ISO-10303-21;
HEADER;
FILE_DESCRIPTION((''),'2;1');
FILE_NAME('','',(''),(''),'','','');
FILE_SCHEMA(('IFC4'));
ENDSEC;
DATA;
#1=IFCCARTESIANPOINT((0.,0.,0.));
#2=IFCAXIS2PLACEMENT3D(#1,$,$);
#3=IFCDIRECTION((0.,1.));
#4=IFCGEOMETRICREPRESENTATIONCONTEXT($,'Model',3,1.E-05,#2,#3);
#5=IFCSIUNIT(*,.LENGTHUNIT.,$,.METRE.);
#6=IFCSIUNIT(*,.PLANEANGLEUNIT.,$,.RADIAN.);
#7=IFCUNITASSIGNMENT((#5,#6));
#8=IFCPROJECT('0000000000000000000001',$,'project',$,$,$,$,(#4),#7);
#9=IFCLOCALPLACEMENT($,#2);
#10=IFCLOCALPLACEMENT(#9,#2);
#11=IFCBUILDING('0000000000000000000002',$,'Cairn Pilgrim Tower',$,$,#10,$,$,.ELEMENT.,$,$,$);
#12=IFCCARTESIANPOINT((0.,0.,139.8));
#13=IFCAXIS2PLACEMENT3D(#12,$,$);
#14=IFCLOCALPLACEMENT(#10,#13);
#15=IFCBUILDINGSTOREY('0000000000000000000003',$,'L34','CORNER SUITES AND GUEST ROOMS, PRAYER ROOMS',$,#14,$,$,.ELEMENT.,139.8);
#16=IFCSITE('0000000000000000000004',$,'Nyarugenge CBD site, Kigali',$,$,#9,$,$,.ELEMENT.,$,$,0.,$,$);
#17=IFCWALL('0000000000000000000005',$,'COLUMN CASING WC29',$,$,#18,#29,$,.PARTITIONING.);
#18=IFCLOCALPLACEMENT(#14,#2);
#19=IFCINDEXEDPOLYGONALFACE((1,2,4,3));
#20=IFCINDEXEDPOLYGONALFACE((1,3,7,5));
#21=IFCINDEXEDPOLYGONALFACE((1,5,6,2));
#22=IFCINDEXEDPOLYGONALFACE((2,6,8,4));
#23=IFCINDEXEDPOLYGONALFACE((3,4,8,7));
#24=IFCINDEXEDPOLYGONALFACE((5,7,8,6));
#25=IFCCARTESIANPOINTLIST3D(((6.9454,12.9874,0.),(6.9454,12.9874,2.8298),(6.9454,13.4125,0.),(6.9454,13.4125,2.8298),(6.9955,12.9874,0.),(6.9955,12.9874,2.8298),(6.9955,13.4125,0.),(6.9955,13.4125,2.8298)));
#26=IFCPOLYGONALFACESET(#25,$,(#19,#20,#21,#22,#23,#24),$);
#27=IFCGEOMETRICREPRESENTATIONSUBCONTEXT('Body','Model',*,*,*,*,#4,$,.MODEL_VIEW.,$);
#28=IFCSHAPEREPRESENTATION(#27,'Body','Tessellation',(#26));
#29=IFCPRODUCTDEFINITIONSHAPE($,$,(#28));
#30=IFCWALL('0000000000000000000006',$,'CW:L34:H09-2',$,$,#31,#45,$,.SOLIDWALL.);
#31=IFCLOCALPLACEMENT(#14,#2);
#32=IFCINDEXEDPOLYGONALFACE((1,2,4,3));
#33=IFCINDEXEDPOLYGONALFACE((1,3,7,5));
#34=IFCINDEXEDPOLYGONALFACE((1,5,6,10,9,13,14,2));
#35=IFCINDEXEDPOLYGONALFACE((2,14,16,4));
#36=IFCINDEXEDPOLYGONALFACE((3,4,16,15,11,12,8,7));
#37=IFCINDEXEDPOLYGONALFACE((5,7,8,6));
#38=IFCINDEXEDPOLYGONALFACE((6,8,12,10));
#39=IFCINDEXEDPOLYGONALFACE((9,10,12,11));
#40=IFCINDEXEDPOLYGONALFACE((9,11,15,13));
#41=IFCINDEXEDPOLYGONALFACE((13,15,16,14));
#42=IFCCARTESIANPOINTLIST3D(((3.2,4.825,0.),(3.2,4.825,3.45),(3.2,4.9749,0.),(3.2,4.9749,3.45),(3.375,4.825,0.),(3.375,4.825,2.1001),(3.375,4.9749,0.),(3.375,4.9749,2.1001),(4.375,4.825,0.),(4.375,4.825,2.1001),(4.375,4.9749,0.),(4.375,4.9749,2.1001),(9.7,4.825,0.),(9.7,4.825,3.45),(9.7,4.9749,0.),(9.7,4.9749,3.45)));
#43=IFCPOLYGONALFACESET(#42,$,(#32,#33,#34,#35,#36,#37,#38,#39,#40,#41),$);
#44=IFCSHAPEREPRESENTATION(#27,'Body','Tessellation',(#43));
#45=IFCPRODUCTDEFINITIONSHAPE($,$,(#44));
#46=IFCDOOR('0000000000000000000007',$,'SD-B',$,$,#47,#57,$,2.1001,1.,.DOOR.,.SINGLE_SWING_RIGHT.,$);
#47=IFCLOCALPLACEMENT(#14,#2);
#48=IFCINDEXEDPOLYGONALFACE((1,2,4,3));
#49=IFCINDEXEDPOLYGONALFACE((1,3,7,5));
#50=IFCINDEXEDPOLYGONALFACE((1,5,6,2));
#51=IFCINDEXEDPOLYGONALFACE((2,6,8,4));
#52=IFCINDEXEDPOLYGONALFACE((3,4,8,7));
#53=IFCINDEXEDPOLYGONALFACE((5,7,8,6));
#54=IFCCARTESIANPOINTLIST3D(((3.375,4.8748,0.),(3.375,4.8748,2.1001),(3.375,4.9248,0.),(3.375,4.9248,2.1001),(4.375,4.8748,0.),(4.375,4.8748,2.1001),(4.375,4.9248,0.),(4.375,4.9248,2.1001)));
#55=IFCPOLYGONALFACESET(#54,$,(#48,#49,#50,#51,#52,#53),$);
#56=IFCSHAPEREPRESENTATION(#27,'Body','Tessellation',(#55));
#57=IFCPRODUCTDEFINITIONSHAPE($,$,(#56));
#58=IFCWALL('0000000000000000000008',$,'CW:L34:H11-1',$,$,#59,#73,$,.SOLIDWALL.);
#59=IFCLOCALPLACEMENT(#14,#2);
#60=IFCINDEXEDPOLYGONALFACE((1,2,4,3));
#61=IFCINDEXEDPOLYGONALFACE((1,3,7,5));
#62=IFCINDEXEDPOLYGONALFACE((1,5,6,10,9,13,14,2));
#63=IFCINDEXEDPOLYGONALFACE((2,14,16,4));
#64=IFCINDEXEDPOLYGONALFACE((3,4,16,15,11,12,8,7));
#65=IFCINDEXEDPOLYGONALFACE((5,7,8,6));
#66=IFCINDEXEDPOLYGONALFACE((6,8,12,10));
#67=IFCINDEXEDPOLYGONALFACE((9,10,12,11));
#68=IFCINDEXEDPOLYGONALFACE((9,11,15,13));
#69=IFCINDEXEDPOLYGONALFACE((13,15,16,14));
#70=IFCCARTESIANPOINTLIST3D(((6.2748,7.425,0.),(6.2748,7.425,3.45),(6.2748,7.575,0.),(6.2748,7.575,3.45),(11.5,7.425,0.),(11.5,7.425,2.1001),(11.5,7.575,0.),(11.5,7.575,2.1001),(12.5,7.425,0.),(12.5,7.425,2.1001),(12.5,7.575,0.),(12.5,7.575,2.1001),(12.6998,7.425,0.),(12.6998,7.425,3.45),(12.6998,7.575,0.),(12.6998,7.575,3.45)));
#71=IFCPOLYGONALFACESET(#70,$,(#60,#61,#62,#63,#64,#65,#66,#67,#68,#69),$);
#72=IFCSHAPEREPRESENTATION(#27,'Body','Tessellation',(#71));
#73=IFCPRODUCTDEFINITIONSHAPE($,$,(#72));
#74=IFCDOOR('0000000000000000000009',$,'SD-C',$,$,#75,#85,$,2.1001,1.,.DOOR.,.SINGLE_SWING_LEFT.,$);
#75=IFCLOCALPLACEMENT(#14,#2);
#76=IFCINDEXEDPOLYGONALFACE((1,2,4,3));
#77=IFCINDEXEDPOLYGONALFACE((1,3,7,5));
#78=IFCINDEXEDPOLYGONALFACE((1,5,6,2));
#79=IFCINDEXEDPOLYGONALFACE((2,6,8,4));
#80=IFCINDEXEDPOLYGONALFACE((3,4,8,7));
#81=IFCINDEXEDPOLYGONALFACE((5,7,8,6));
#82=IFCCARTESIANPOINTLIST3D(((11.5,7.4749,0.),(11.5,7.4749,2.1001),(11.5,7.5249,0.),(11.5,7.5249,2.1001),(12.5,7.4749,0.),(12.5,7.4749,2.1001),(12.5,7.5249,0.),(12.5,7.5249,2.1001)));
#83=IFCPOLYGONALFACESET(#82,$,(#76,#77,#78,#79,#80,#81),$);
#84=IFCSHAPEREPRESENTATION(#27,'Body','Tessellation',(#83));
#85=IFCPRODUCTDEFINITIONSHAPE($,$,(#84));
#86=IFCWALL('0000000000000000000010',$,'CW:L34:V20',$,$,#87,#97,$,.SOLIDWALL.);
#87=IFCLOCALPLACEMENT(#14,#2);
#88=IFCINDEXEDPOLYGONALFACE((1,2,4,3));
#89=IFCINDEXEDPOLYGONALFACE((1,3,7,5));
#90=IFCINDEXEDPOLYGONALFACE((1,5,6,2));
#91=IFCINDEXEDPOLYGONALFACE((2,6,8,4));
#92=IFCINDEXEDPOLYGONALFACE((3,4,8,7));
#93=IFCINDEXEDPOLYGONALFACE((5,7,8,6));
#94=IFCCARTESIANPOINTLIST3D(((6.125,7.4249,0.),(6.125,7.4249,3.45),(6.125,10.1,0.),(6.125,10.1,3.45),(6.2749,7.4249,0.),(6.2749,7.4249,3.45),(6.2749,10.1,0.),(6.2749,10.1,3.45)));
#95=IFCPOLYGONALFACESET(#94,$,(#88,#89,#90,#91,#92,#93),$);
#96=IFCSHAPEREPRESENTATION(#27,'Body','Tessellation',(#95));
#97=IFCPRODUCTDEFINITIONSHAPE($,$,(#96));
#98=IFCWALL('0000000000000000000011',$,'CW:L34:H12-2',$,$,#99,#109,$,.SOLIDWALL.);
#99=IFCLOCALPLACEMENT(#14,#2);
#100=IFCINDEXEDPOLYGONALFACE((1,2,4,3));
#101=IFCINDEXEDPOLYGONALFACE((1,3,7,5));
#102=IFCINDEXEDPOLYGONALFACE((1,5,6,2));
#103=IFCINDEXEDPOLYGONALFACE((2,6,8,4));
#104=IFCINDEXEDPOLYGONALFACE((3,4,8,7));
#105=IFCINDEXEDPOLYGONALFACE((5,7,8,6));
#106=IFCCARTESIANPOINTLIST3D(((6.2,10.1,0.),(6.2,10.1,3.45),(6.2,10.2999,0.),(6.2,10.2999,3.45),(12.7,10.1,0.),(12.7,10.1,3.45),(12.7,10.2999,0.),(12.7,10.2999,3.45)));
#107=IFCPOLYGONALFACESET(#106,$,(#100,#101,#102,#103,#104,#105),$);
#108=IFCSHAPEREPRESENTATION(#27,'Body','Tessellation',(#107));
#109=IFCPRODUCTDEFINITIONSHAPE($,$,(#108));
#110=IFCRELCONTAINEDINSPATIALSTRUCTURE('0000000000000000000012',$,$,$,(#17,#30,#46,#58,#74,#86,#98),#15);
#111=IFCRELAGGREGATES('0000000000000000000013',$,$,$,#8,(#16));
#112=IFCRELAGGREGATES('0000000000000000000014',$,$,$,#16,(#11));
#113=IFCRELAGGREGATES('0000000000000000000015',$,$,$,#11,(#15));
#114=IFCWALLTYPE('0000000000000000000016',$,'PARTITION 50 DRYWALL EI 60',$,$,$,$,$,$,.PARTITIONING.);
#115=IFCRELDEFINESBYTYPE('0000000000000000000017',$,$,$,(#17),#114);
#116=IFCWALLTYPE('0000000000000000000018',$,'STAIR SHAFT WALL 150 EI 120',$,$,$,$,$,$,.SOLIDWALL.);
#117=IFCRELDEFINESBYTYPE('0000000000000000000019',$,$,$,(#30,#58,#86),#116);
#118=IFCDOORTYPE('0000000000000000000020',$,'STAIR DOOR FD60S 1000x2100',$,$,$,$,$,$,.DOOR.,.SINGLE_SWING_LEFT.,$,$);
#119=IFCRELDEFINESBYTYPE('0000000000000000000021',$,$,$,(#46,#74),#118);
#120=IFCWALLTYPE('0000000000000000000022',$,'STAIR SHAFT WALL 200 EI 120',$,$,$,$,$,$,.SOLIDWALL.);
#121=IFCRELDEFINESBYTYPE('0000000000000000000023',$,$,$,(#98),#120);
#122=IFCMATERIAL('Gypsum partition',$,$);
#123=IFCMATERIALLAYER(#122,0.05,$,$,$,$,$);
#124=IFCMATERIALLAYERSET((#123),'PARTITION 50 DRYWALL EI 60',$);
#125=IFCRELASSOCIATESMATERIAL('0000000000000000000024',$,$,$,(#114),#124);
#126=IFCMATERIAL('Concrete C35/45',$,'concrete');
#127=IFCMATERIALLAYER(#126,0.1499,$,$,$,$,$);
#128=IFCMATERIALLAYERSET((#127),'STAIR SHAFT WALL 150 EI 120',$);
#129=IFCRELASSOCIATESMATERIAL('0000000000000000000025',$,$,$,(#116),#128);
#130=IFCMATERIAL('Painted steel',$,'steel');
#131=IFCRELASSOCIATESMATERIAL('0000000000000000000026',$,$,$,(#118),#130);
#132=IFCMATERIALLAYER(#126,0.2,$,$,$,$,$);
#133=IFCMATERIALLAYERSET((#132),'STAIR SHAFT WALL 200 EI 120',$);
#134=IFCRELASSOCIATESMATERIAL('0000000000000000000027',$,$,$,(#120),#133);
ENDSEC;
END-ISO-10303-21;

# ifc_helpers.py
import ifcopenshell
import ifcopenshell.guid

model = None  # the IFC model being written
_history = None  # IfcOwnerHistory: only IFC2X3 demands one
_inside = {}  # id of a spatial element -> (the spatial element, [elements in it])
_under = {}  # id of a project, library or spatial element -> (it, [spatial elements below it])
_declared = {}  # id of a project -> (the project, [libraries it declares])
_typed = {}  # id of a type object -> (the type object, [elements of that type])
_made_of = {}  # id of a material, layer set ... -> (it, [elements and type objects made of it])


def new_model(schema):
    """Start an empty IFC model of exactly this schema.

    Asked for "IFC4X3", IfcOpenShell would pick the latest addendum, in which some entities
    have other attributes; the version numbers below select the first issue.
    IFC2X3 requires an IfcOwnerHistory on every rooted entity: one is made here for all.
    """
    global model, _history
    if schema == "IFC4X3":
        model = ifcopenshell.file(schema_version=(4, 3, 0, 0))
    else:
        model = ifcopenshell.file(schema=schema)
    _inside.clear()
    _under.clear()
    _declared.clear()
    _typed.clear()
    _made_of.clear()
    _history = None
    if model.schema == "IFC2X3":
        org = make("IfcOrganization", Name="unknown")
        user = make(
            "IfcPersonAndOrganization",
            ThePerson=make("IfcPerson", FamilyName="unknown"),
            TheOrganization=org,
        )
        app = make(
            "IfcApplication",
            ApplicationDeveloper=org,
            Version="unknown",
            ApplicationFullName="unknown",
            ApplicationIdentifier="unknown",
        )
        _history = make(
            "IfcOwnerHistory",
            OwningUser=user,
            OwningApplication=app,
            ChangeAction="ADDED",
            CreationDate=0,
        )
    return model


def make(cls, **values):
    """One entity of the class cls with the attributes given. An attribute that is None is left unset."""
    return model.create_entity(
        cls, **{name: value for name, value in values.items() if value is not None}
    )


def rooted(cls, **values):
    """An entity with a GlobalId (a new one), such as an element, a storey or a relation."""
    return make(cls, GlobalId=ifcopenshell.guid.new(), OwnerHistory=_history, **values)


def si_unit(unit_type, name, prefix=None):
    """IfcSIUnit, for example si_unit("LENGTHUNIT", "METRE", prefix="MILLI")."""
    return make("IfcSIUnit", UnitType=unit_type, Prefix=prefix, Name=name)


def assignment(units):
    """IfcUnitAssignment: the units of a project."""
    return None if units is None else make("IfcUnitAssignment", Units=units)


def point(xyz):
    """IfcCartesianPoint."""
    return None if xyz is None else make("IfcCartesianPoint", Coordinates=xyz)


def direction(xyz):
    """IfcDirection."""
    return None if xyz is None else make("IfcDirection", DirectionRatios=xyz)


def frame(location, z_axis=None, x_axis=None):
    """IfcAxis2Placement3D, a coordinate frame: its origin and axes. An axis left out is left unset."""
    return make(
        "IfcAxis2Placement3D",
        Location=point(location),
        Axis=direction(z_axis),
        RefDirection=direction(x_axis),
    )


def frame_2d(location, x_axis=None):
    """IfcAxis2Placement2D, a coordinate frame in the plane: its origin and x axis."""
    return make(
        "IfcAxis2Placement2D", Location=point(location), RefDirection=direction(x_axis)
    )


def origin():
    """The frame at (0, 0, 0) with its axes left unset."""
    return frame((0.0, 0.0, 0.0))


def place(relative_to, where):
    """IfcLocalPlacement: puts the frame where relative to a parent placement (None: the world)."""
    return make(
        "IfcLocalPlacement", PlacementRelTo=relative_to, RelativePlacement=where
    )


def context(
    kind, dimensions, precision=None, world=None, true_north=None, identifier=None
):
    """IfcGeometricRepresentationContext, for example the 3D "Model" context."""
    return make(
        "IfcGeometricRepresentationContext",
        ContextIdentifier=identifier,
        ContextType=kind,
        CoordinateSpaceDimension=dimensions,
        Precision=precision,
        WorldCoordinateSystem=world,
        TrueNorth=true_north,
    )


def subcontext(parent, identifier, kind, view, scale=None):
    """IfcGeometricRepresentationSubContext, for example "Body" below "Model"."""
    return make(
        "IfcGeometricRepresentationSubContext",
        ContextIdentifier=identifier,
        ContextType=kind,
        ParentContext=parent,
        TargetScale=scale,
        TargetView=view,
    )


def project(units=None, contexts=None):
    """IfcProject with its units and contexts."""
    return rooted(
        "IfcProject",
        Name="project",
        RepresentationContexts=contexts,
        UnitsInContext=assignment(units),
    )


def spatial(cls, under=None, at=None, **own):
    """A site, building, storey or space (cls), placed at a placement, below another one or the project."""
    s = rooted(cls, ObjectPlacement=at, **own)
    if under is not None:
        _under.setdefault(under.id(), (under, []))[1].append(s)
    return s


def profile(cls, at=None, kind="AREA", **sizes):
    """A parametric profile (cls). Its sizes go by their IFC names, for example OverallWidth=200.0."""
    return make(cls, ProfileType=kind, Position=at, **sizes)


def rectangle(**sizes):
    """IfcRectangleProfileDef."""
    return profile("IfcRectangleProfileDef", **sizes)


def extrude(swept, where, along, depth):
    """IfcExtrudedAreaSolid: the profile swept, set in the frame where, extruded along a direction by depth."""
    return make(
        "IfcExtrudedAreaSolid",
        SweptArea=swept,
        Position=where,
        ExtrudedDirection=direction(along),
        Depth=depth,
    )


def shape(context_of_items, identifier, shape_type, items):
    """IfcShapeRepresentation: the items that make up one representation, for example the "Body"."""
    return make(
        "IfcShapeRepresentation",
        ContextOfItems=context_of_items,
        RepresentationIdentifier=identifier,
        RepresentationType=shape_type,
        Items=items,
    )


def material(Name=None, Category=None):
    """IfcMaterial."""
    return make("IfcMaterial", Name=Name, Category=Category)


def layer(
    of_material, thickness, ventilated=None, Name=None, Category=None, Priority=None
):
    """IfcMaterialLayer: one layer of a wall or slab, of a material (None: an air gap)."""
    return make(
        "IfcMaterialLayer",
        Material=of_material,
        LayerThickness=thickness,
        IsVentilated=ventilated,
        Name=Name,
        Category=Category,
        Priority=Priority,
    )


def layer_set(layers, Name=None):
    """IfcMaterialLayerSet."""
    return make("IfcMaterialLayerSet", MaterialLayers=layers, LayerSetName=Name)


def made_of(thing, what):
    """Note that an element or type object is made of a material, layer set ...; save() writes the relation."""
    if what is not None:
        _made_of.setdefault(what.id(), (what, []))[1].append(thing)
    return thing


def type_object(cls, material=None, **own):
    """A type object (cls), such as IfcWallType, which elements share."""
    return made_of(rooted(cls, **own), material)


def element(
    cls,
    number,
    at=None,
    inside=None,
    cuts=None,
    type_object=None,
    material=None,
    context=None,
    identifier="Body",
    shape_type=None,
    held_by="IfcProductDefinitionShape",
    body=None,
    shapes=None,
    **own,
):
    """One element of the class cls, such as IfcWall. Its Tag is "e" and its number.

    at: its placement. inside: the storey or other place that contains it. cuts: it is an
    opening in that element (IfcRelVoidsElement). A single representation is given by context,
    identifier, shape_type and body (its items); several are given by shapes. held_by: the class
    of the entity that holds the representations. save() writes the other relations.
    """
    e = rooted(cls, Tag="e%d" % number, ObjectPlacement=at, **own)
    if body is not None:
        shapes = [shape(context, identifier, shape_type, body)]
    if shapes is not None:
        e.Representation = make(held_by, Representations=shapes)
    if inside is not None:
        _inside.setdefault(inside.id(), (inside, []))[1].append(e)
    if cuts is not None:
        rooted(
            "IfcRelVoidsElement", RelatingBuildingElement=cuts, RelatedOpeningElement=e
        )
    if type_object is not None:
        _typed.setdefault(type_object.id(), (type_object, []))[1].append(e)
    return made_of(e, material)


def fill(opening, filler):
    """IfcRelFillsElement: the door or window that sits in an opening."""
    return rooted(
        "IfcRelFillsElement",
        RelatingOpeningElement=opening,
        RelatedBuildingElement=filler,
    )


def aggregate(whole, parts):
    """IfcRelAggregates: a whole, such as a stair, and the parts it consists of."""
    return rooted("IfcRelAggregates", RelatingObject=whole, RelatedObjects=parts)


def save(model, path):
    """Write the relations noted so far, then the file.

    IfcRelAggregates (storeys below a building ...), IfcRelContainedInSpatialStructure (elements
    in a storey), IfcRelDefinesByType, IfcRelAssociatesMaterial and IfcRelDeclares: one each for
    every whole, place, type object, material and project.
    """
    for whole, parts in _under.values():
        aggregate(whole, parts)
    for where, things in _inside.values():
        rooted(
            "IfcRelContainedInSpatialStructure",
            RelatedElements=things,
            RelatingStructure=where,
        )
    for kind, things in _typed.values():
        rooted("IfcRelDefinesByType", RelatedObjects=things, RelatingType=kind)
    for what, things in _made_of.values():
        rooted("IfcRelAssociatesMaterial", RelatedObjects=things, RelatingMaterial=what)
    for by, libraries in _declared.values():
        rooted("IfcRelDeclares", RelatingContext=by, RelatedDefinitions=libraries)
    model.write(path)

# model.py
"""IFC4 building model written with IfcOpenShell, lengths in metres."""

from ifc_helpers import new_model, si_unit, direction, frame, frame_2d, origin, place, context, subcontext, project, spatial, rectangle, extrude, material, layer, layer_set, type_object, element, fill, save


model = new_model("IFC4")

# Units and contexts
model_context = context("Model", 3, precision=1e-05, world=origin(), true_north=direction((0.0, 1.0)))
body_context = subcontext(model_context, "Body", "Model", "MODEL_VIEW")
ifc_project = project(units=[si_unit("LENGTHUNIT", "METRE"), si_unit("PLANEANGLEUNIT", "RADIAN")], contexts=[model_context])

# Site, building, storey
site_placement = place(None, origin())
site = spatial("IfcSite", under=ifc_project, at=site_placement, Name="Nyarugenge CBD site, Kigali", CompositionType="ELEMENT", RefElevation=0.0)
building_placement = place(site_placement, origin())
building = spatial("IfcBuilding", under=site, at=building_placement, Name="Cairn Pilgrim Tower", CompositionType="ELEMENT")
storey_placement = place(building_placement, frame((0.0, 0.0, 139.8)))
storey = spatial("IfcBuildingStorey", under=building, at=storey_placement, Name="L34", Description="CORNER SUITES AND GUEST ROOMS, PRAYER ROOMS", CompositionType="ELEMENT", Elevation=139.8)

# Wall
ifc_material_1 = material(Name="Gypsum partition")
ifc_layer_1 = layer(ifc_material_1, 0.05)
ifc_layer_set_1 = layer_set([ifc_layer_1], Name="PARTITION 50 DRYWALL EI 60")
wall_type_1 = type_object("IfcWallType", Name="PARTITION 50 DRYWALL EI 60", PredefinedType="PARTITIONING", material=ifc_layer_set_1)
wall_1_placement = place(storey_placement, frame((6.9705, 12.9875, 0.0), z_axis=(0.0, 0.0, 1.0), x_axis=(0.0, 1.0, 0.0)))
element("IfcWall", 1, at=wall_1_placement, inside=storey, type_object=wall_type_1, Name="COLUMN CASING WC29", PredefinedType="PARTITIONING", context=body_context, shape_type="SweptSolid", body=[
    extrude(rectangle(XDim=0.425, YDim=0.05, at=frame_2d((0.2124, 0.0))), origin(), (0.0, 0.0, 1.0), 2.8298),
])

# Walls, openings, doors
ifc_material_2 = material(Name="Concrete C35/45", Category="concrete")
ifc_layer_2 = layer(ifc_material_2, 0.1499)
ifc_layer_set_2 = layer_set([ifc_layer_2], Name="STAIR SHAFT WALL 150 EI 120")
wall_type_2 = type_object("IfcWallType", Name="STAIR SHAFT WALL 150 EI 120", PredefinedType="SOLIDWALL", material=ifc_layer_set_2)
wall_2_placement = place(storey_placement, frame((3.2, 4.8999, 0.0), z_axis=(0.0, 0.0, 1.0), x_axis=(1.0, 0.0, 0.0)))
wall_2 = element("IfcWall", 2, at=wall_2_placement, inside=storey, type_object=wall_type_2, Name="CW:L34:H09-2", PredefinedType="SOLIDWALL", context=body_context, shape_type="SweptSolid", body=[
    extrude(rectangle(XDim=6.5, YDim=0.1499, at=frame_2d((3.25, 0.0))), origin(), (0.0, 0.0, 1.0), 3.45),
])
opening_1_placement = place(wall_2_placement, frame((0.175, 0.0, 0.0)))
opening_1 = element("IfcOpeningElement", 3, at=opening_1_placement, cuts=wall_2, PredefinedType="OPENING", context=body_context, shape_type="SweptSolid", body=[
    extrude(rectangle(XDim=1.0, YDim=2.1001, at=frame_2d((0.5, 1.05))), frame((0.0, 0.085, 0.0), z_axis=(0.0, -1.0, 0.0), x_axis=(1.0, 0.0, 0.0)), (0.0, 0.0, 1.0), 0.1699),
])
ifc_material_3 = material(Name="Painted steel", Category="steel")
door_type_1 = type_object("IfcDoorType", Name="STAIR DOOR FD60S 1000x2100", OperationType="SINGLE_SWING_LEFT", PredefinedType="DOOR", material=ifc_material_3)
door_1_placement = place(opening_1_placement, origin())
door_1 = element("IfcDoor", 4, at=door_1_placement, inside=storey, type_object=door_type_1, Name="SD-B", OperationType="SINGLE_SWING_RIGHT", OverallHeight=2.1001, OverallWidth=1.0, PredefinedType="DOOR", context=body_context, shape_type="SweptSolid", body=[
    extrude(rectangle(XDim=1.0, YDim=2.1001, at=frame_2d((0.5, 1.05))), frame((0.0, 0.0249, 0.0), z_axis=(0.0, -1.0, 0.0), x_axis=(1.0, 0.0, 0.0)), (0.0, 0.0, 1.0), 0.05),
])
fill(opening_1, door_1)
wall_3_placement = place(storey_placement, frame((6.2749, 7.5, 0.0), z_axis=(0.0, 0.0, 1.0), x_axis=(1.0, 0.0, 0.0)))
wall_3 = element("IfcWall", 5, at=wall_3_placement, inside=storey, type_object=wall_type_2, Name="CW:L34:H11-1", PredefinedType="SOLIDWALL", context=body_context, shape_type="SweptSolid", body=[
    extrude(rectangle(XDim=6.425, YDim=0.1499, at=frame_2d((3.2124, 0.0))), origin(), (0.0, 0.0, 1.0), 3.45),
])
opening_2_placement = place(wall_3_placement, frame((5.2251, 0.0, 0.0)))
opening_2 = element("IfcOpeningElement", 6, at=opening_2_placement, cuts=wall_3, PredefinedType="OPENING", context=body_context, shape_type="SweptSolid", body=[
    extrude(rectangle(XDim=1.0, YDim=2.1001, at=frame_2d((0.5, 1.05))), frame((0.0, 0.085, 0.0), z_axis=(0.0, -1.0, 0.0), x_axis=(1.0, 0.0, 0.0)), (0.0, 0.0, 1.0), 0.1699),
])
door_2_placement = place(opening_2_placement, origin())
door_2 = element("IfcDoor", 7, at=door_2_placement, inside=storey, type_object=door_type_1, Name="SD-C", OperationType="SINGLE_SWING_LEFT", OverallHeight=2.1001, OverallWidth=1.0, PredefinedType="DOOR", context=body_context, shape_type="SweptSolid", body=[
    extrude(rectangle(XDim=1.0, YDim=2.1001, at=frame_2d((0.5, 1.05))), frame((0.0, 0.0249, 0.0), z_axis=(0.0, -1.0, 0.0), x_axis=(1.0, 0.0, 0.0)), (0.0, 0.0, 1.0), 0.05),
])
fill(opening_2, door_2)

# Walls
wall_4_placement = place(storey_placement, frame((6.2, 7.425, 0.0), z_axis=(0.0, 0.0, 1.0), x_axis=(0.0, 1.0, 0.0)))
element("IfcWall", 8, at=wall_4_placement, inside=storey, type_object=wall_type_2, Name="CW:L34:V20", PredefinedType="SOLIDWALL", context=body_context, shape_type="SweptSolid", body=[
    extrude(rectangle(XDim=2.675, YDim=0.1499, at=frame_2d((1.3374, 0.0))), origin(), (0.0, 0.0, 1.0), 3.45),
])
ifc_layer_3 = layer(ifc_material_2, 0.2)
ifc_layer_set_3 = layer_set([ifc_layer_3], Name="STAIR SHAFT WALL 200 EI 120")
wall_type_3 = type_object("IfcWallType", Name="STAIR SHAFT WALL 200 EI 120", PredefinedType="SOLIDWALL", material=ifc_layer_set_3)
wall_5_placement = place(storey_placement, frame((6.2, 10.2, 0.0), z_axis=(0.0, 0.0, 1.0), x_axis=(1.0, 0.0, 0.0)))
element("IfcWall", 9, at=wall_5_placement, inside=storey, type_object=wall_type_3, Name="CW:L34:H12-2", PredefinedType="SOLIDWALL", context=body_context, shape_type="SweptSolid", body=[
    extrude(rectangle(XDim=6.5, YDim=0.2, at=frame_2d((3.25, 0.0))), origin(), (0.0, 0.0, 1.0), 3.45),
])

save(model, "model.ifc")
